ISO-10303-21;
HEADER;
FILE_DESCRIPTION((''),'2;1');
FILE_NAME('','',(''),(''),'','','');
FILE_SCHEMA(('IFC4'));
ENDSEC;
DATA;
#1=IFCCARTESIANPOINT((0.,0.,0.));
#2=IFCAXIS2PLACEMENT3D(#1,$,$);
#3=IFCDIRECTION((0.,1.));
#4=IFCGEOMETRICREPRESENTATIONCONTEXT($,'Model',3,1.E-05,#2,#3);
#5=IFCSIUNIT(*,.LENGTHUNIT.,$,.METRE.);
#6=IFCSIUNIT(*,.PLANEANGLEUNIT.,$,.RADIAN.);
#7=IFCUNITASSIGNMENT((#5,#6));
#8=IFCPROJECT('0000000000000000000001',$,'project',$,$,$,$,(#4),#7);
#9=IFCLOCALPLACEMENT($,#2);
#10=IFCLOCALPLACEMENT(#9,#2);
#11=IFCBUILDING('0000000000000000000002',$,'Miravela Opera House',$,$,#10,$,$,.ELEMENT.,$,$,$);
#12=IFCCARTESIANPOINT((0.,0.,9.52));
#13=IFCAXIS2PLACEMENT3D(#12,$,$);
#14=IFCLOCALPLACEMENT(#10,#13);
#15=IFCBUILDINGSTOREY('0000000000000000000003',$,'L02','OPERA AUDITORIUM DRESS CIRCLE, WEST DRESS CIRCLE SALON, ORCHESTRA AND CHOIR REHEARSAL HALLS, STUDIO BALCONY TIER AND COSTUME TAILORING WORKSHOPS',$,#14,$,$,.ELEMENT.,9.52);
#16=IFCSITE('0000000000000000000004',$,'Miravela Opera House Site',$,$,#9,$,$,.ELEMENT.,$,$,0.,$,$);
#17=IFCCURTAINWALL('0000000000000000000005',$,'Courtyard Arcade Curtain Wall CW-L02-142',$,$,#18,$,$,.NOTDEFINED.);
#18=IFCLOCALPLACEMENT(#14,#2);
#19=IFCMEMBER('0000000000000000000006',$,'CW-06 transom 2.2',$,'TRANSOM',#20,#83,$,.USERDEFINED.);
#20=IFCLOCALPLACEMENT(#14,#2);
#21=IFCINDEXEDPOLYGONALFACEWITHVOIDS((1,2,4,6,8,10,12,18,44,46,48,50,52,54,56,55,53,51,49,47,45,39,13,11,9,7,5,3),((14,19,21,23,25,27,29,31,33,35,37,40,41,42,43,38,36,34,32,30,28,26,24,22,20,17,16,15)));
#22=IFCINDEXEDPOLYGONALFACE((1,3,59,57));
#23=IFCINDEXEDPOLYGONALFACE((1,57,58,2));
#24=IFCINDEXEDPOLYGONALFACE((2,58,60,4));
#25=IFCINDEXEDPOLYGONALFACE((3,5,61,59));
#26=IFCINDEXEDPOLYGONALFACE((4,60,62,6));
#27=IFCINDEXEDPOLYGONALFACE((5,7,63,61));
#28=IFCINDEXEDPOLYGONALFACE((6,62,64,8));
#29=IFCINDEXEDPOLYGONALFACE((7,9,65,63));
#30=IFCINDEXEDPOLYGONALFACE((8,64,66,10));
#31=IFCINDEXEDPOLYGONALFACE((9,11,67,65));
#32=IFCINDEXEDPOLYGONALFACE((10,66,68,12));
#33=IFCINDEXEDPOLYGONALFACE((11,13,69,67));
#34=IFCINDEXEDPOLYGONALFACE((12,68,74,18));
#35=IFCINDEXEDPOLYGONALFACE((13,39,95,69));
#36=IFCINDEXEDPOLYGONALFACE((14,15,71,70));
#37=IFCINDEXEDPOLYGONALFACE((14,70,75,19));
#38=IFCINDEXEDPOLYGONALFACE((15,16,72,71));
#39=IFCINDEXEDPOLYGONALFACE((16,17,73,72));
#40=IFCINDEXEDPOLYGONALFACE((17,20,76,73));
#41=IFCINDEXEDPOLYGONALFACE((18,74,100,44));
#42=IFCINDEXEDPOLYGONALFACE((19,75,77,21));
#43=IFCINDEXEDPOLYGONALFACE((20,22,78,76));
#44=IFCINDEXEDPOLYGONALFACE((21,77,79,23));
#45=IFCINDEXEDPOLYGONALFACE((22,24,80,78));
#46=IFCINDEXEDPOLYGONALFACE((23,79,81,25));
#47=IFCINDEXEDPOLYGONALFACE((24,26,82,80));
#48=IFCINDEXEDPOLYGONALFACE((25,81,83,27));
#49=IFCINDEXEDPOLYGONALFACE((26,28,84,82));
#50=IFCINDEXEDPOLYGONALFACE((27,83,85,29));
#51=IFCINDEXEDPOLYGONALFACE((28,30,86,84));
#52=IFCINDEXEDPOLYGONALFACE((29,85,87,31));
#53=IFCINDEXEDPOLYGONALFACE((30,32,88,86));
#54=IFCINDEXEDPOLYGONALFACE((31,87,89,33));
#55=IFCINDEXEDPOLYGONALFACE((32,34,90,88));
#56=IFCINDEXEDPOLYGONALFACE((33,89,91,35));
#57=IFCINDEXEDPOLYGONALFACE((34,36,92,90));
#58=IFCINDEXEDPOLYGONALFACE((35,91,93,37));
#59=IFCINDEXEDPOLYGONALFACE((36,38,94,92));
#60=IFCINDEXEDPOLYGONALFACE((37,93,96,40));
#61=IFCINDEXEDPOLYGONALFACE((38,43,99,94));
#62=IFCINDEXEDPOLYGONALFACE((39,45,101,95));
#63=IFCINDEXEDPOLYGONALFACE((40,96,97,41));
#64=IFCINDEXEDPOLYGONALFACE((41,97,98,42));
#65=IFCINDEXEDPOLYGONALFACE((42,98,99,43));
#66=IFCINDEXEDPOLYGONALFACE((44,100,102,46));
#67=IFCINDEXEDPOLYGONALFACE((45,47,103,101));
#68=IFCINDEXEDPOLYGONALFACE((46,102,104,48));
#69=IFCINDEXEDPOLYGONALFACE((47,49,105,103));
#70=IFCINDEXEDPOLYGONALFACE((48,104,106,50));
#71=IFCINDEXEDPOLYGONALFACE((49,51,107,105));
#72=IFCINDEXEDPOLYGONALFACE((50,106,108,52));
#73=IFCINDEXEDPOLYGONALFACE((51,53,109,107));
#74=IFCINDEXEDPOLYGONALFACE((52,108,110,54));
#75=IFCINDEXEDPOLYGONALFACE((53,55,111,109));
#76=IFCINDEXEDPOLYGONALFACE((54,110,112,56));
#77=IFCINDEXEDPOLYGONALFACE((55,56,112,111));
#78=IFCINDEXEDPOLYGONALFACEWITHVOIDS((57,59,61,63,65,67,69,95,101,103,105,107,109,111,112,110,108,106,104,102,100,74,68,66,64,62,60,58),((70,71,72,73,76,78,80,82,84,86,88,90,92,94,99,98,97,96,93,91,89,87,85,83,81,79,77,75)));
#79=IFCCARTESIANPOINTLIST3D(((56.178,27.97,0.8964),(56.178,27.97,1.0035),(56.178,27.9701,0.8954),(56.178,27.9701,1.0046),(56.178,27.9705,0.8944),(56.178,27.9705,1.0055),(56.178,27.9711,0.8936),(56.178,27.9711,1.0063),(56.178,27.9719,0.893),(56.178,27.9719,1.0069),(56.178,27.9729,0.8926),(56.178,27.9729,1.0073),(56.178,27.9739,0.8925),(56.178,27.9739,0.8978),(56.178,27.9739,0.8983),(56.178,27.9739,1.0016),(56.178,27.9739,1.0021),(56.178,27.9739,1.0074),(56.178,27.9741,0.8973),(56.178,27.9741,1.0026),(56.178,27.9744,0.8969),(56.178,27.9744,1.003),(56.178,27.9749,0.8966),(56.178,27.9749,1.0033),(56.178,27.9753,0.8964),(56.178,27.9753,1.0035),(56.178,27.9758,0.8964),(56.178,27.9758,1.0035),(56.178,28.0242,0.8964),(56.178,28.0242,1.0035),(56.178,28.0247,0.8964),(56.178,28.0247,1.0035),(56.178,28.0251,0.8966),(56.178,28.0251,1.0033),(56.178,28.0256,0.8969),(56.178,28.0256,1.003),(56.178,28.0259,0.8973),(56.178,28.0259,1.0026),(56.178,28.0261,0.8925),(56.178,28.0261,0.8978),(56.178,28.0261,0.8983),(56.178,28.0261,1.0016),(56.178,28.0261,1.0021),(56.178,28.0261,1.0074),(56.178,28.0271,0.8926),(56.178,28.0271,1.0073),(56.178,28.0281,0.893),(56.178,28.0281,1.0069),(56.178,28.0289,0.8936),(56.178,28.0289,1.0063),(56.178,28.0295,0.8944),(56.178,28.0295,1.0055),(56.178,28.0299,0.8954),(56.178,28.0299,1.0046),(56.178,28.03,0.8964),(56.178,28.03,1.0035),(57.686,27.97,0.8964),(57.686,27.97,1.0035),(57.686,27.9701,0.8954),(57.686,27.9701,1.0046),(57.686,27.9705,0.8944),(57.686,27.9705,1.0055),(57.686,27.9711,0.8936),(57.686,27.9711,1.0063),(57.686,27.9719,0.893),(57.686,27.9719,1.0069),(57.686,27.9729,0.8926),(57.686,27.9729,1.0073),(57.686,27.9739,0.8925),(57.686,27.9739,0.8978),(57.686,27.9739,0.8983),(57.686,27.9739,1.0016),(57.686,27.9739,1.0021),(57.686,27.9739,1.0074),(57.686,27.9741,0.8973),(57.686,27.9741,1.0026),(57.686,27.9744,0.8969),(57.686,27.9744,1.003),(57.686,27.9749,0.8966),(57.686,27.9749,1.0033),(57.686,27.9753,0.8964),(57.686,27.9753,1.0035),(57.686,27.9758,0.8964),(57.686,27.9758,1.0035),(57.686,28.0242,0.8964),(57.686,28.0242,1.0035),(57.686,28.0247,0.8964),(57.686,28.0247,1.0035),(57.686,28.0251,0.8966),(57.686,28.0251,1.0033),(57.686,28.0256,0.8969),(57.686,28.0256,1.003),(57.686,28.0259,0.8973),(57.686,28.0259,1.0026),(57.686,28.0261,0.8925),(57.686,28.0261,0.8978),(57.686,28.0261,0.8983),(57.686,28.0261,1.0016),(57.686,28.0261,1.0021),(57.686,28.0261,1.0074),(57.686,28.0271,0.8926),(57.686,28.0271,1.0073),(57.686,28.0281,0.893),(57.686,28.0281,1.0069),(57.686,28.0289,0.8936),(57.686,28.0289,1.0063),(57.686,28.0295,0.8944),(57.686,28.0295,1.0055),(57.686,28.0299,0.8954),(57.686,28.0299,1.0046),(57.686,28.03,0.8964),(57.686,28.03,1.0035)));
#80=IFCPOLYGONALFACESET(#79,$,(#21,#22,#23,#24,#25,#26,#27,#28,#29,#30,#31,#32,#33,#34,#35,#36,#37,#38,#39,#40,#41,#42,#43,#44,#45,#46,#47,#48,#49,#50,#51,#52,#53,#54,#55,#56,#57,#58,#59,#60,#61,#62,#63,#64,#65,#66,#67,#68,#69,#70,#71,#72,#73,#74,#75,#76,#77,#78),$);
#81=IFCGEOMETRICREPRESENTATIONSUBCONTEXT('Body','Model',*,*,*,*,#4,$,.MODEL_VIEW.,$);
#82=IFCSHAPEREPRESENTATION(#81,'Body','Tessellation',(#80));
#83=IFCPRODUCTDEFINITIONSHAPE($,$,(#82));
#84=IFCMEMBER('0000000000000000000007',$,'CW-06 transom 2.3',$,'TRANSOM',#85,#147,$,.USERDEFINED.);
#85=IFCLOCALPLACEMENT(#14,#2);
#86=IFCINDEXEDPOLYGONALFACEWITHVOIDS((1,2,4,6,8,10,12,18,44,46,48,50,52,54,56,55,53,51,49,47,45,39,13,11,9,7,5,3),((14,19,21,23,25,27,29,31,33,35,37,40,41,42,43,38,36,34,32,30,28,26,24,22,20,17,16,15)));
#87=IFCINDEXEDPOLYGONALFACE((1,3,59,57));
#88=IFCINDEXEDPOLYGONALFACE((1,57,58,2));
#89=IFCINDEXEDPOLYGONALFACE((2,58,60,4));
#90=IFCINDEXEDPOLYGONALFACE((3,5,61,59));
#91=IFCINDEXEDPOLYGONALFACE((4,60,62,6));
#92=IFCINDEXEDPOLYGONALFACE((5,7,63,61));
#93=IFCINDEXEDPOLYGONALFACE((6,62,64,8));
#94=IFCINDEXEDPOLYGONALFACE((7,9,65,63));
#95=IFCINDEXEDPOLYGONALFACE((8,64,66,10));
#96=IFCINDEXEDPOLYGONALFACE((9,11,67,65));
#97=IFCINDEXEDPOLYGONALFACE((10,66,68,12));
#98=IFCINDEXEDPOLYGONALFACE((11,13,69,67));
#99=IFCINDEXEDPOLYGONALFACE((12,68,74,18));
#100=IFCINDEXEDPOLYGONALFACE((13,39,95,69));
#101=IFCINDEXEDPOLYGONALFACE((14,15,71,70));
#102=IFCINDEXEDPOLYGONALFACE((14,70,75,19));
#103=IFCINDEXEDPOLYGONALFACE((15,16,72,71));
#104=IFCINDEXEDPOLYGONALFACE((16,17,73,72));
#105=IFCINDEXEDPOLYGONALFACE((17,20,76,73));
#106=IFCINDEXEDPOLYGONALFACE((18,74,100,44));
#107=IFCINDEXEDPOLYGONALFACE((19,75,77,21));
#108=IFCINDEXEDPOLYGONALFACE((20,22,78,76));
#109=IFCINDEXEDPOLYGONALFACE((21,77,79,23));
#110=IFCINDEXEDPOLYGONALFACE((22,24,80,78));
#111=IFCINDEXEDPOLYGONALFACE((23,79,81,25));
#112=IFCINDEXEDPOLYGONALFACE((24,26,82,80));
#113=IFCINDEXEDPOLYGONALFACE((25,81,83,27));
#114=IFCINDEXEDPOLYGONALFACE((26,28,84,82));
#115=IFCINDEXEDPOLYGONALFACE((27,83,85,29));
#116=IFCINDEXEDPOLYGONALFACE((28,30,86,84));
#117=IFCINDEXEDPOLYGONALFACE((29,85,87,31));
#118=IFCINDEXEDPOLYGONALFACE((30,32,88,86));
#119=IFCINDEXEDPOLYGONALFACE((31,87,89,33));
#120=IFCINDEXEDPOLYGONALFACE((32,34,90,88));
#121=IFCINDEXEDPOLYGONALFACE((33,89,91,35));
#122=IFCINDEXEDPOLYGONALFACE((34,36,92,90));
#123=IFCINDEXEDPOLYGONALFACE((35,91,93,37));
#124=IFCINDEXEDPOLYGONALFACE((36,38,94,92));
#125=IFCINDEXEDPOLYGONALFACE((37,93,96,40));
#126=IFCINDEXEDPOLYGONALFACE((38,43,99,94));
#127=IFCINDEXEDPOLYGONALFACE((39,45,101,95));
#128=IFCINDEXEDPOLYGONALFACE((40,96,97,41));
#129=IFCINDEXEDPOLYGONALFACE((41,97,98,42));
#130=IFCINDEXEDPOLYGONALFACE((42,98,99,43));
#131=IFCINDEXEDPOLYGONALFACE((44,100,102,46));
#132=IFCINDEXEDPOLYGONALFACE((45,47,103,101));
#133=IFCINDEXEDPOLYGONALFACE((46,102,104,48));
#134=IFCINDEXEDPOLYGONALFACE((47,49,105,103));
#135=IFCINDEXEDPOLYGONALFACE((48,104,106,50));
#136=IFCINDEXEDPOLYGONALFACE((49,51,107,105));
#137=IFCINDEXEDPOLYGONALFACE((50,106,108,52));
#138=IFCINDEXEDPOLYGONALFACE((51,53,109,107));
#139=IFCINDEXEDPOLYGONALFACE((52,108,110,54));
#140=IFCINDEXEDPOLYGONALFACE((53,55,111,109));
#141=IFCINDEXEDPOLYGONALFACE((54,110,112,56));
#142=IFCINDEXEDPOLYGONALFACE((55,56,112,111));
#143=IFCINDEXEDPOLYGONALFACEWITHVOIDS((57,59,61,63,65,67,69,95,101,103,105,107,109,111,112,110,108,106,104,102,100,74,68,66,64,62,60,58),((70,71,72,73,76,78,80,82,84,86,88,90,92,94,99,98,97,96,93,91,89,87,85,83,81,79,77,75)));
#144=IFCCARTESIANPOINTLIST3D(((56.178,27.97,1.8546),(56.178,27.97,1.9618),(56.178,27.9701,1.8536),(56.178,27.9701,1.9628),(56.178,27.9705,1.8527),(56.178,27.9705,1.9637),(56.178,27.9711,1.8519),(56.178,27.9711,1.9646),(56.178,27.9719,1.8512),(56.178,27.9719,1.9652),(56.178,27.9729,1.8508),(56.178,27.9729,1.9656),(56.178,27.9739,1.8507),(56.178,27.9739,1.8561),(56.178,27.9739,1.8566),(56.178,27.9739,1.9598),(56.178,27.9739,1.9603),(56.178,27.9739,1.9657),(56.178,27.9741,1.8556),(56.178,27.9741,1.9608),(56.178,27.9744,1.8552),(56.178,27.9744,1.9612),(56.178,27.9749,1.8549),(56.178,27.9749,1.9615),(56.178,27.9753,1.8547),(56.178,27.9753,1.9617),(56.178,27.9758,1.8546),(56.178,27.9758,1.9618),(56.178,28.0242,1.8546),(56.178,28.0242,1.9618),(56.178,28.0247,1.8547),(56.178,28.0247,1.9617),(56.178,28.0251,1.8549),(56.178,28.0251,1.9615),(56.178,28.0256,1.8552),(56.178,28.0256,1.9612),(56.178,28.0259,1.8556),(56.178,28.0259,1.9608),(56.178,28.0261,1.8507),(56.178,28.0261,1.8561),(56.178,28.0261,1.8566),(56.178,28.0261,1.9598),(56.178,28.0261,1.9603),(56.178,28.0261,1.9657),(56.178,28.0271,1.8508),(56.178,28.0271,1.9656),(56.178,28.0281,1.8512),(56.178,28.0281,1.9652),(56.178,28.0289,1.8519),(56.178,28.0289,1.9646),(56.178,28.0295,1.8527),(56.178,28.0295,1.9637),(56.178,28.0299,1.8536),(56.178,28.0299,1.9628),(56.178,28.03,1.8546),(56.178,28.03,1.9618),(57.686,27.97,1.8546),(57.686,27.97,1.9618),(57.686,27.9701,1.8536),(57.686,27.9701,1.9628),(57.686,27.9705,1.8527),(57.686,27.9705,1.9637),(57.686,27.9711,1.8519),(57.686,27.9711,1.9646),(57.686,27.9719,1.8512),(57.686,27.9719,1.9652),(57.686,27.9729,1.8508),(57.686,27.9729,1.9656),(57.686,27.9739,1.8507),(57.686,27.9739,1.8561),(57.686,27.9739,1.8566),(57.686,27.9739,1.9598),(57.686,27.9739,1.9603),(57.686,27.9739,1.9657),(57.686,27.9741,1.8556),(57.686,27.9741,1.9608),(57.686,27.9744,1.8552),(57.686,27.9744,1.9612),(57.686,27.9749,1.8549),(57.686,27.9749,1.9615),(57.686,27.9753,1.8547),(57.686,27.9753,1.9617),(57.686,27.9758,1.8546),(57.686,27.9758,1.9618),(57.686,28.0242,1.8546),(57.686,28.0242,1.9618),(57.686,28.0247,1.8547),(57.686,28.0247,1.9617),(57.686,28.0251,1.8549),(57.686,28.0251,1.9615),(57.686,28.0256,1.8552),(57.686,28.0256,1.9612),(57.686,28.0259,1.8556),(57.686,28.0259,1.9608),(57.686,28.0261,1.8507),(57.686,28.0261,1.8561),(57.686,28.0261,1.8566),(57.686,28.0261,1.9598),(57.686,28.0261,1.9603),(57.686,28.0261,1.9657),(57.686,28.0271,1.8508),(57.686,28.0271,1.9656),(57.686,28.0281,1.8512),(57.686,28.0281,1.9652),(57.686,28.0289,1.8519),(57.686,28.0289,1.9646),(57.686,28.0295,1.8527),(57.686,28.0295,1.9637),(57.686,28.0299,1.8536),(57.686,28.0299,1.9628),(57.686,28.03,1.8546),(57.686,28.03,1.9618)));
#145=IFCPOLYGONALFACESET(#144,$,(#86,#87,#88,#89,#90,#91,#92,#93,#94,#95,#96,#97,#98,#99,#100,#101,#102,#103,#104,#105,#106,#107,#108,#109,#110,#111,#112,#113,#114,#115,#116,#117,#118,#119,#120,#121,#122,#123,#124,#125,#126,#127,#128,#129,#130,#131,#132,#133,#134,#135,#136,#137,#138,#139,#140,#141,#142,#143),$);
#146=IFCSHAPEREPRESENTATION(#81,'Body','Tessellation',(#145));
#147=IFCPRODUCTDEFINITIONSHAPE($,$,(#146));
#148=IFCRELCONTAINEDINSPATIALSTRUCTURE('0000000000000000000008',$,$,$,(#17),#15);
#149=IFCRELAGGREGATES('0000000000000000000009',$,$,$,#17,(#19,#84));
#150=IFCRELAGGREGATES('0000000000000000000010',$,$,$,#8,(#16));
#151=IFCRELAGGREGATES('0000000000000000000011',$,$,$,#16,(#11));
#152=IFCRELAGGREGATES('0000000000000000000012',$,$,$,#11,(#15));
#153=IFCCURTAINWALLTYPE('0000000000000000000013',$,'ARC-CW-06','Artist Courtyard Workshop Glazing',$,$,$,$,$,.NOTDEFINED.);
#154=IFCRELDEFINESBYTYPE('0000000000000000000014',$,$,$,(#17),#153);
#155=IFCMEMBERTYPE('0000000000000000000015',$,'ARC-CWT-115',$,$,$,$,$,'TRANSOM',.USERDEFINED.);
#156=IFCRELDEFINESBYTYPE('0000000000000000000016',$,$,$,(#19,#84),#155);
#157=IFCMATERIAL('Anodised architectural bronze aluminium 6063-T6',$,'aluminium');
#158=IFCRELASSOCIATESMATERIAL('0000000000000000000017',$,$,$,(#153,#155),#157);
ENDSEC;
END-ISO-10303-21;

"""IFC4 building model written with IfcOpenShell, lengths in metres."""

from ifc_helpers import new_model, si_unit, direction, frame, origin, origin_2d, place, context, subcontext, project, spatial, hollow_rectangle, extrude, material, material_profile, profile_set, type_object, element, aggregate, save


model = new_model("IFC4")

# Units and contexts
model_context = context("Model", 3, precision=1e-05, world=origin(), true_north=direction((0.0, 1.0)))
body_context = subcontext(model_context, "Body", "Model", "MODEL_VIEW")
ifc_project = project(units=[si_unit("LENGTHUNIT", "METRE"), si_unit("PLANEANGLEUNIT", "RADIAN")], contexts=[model_context])

# Site, building, storey
site_placement = place(None, origin())
site = spatial("IfcSite", under=ifc_project, at=site_placement, Name="Miravela Opera House Site", CompositionType="ELEMENT", RefElevation=0.0)
building_placement = place(site_placement, origin())
building = spatial("IfcBuilding", under=site, at=building_placement, Name="Miravela Opera House", CompositionType="ELEMENT")
storey_placement = place(building_placement, frame((0.0, 0.0, 9.52)))
storey = spatial("IfcBuildingStorey", under=building, at=storey_placement, Name="L02", Description="OPERA AUDITORIUM DRESS CIRCLE, WEST DRESS CIRCLE SALON, ORCHESTRA AND CHOIR REHEARSAL HALLS, STUDIO BALCONY TIER AND COSTUME TAILORING WORKSHOPS", CompositionType="ELEMENT", Elevation=9.52)

# Curtain wall, members
ifc_material_1 = material(Name="Anodised architectural bronze aluminium 6063-T6", Category="aluminium")
curtain_wall_type = type_object("IfcCurtainWallType", Name="ARC-CW-06", Description="Artist Courtyard Workshop Glazing", PredefinedType="NOTDEFINED", material=ifc_material_1)
curtain_wall_placement = place(storey_placement, origin())
curtain_wall = element("IfcCurtainWall", 1, at=curtain_wall_placement, inside=storey, type_object=curtain_wall_type, Name="Courtyard Arcade Curtain Wall CW-L02-142", PredefinedType="NOTDEFINED")
ifc_material_profile_1 = material_profile(ifc_material_1, hollow_rectangle(XDim=0.0601, YDim=0.115, WallThickness=0.0039, InnerFilletRadius=0.002, OuterFilletRadius=0.0039, at=origin_2d()), Name="CWT-60X115")
ifc_profile_set_1 = profile_set([ifc_material_profile_1])
member_type_1 = type_object("IfcMemberType", Name="ARC-CWT-115", ElementType="TRANSOM", PredefinedType="USERDEFINED", material=ifc_profile_set_1)
member_1_placement = place(storey_placement, frame((56.178, 28.0, 0.95), z_axis=(1.0, 0.0, 0.0), x_axis=(0.0, 1.0, 0.0)))
member_1 = element("IfcMember", 2, at=member_1_placement, type_object=member_type_1, Name="CW-06 transom 2.2", ObjectType="TRANSOM", PredefinedType="USERDEFINED", context=body_context, shape_type="SweptSolid", body=[
    extrude(hollow_rectangle(XDim=0.0601, YDim=0.115, WallThickness=0.0039, InnerFilletRadius=0.002, OuterFilletRadius=0.0039, at=origin_2d()), origin(), (0.0, 0.0, 1.0), 1.5081),
])
member_2_placement = place(storey_placement, frame((56.178, 28.0, 1.9082), z_axis=(1.0, 0.0, 0.0), x_axis=(0.0, 1.0, 0.0)))
member_2 = element("IfcMember", 3, at=member_2_placement, type_object=member_type_1, Name="CW-06 transom 2.3", ObjectType="TRANSOM", PredefinedType="USERDEFINED", context=body_context, shape_type="SweptSolid", body=[
    extrude(hollow_rectangle(XDim=0.0601, YDim=0.115, WallThickness=0.0039, InnerFilletRadius=0.002, OuterFilletRadius=0.0039, at=origin_2d()), origin(), (0.0, 0.0, 1.0), 1.5081),
])

aggregate(curtain_wall, [member_1, member_2])

save(model, "model.ifc")
